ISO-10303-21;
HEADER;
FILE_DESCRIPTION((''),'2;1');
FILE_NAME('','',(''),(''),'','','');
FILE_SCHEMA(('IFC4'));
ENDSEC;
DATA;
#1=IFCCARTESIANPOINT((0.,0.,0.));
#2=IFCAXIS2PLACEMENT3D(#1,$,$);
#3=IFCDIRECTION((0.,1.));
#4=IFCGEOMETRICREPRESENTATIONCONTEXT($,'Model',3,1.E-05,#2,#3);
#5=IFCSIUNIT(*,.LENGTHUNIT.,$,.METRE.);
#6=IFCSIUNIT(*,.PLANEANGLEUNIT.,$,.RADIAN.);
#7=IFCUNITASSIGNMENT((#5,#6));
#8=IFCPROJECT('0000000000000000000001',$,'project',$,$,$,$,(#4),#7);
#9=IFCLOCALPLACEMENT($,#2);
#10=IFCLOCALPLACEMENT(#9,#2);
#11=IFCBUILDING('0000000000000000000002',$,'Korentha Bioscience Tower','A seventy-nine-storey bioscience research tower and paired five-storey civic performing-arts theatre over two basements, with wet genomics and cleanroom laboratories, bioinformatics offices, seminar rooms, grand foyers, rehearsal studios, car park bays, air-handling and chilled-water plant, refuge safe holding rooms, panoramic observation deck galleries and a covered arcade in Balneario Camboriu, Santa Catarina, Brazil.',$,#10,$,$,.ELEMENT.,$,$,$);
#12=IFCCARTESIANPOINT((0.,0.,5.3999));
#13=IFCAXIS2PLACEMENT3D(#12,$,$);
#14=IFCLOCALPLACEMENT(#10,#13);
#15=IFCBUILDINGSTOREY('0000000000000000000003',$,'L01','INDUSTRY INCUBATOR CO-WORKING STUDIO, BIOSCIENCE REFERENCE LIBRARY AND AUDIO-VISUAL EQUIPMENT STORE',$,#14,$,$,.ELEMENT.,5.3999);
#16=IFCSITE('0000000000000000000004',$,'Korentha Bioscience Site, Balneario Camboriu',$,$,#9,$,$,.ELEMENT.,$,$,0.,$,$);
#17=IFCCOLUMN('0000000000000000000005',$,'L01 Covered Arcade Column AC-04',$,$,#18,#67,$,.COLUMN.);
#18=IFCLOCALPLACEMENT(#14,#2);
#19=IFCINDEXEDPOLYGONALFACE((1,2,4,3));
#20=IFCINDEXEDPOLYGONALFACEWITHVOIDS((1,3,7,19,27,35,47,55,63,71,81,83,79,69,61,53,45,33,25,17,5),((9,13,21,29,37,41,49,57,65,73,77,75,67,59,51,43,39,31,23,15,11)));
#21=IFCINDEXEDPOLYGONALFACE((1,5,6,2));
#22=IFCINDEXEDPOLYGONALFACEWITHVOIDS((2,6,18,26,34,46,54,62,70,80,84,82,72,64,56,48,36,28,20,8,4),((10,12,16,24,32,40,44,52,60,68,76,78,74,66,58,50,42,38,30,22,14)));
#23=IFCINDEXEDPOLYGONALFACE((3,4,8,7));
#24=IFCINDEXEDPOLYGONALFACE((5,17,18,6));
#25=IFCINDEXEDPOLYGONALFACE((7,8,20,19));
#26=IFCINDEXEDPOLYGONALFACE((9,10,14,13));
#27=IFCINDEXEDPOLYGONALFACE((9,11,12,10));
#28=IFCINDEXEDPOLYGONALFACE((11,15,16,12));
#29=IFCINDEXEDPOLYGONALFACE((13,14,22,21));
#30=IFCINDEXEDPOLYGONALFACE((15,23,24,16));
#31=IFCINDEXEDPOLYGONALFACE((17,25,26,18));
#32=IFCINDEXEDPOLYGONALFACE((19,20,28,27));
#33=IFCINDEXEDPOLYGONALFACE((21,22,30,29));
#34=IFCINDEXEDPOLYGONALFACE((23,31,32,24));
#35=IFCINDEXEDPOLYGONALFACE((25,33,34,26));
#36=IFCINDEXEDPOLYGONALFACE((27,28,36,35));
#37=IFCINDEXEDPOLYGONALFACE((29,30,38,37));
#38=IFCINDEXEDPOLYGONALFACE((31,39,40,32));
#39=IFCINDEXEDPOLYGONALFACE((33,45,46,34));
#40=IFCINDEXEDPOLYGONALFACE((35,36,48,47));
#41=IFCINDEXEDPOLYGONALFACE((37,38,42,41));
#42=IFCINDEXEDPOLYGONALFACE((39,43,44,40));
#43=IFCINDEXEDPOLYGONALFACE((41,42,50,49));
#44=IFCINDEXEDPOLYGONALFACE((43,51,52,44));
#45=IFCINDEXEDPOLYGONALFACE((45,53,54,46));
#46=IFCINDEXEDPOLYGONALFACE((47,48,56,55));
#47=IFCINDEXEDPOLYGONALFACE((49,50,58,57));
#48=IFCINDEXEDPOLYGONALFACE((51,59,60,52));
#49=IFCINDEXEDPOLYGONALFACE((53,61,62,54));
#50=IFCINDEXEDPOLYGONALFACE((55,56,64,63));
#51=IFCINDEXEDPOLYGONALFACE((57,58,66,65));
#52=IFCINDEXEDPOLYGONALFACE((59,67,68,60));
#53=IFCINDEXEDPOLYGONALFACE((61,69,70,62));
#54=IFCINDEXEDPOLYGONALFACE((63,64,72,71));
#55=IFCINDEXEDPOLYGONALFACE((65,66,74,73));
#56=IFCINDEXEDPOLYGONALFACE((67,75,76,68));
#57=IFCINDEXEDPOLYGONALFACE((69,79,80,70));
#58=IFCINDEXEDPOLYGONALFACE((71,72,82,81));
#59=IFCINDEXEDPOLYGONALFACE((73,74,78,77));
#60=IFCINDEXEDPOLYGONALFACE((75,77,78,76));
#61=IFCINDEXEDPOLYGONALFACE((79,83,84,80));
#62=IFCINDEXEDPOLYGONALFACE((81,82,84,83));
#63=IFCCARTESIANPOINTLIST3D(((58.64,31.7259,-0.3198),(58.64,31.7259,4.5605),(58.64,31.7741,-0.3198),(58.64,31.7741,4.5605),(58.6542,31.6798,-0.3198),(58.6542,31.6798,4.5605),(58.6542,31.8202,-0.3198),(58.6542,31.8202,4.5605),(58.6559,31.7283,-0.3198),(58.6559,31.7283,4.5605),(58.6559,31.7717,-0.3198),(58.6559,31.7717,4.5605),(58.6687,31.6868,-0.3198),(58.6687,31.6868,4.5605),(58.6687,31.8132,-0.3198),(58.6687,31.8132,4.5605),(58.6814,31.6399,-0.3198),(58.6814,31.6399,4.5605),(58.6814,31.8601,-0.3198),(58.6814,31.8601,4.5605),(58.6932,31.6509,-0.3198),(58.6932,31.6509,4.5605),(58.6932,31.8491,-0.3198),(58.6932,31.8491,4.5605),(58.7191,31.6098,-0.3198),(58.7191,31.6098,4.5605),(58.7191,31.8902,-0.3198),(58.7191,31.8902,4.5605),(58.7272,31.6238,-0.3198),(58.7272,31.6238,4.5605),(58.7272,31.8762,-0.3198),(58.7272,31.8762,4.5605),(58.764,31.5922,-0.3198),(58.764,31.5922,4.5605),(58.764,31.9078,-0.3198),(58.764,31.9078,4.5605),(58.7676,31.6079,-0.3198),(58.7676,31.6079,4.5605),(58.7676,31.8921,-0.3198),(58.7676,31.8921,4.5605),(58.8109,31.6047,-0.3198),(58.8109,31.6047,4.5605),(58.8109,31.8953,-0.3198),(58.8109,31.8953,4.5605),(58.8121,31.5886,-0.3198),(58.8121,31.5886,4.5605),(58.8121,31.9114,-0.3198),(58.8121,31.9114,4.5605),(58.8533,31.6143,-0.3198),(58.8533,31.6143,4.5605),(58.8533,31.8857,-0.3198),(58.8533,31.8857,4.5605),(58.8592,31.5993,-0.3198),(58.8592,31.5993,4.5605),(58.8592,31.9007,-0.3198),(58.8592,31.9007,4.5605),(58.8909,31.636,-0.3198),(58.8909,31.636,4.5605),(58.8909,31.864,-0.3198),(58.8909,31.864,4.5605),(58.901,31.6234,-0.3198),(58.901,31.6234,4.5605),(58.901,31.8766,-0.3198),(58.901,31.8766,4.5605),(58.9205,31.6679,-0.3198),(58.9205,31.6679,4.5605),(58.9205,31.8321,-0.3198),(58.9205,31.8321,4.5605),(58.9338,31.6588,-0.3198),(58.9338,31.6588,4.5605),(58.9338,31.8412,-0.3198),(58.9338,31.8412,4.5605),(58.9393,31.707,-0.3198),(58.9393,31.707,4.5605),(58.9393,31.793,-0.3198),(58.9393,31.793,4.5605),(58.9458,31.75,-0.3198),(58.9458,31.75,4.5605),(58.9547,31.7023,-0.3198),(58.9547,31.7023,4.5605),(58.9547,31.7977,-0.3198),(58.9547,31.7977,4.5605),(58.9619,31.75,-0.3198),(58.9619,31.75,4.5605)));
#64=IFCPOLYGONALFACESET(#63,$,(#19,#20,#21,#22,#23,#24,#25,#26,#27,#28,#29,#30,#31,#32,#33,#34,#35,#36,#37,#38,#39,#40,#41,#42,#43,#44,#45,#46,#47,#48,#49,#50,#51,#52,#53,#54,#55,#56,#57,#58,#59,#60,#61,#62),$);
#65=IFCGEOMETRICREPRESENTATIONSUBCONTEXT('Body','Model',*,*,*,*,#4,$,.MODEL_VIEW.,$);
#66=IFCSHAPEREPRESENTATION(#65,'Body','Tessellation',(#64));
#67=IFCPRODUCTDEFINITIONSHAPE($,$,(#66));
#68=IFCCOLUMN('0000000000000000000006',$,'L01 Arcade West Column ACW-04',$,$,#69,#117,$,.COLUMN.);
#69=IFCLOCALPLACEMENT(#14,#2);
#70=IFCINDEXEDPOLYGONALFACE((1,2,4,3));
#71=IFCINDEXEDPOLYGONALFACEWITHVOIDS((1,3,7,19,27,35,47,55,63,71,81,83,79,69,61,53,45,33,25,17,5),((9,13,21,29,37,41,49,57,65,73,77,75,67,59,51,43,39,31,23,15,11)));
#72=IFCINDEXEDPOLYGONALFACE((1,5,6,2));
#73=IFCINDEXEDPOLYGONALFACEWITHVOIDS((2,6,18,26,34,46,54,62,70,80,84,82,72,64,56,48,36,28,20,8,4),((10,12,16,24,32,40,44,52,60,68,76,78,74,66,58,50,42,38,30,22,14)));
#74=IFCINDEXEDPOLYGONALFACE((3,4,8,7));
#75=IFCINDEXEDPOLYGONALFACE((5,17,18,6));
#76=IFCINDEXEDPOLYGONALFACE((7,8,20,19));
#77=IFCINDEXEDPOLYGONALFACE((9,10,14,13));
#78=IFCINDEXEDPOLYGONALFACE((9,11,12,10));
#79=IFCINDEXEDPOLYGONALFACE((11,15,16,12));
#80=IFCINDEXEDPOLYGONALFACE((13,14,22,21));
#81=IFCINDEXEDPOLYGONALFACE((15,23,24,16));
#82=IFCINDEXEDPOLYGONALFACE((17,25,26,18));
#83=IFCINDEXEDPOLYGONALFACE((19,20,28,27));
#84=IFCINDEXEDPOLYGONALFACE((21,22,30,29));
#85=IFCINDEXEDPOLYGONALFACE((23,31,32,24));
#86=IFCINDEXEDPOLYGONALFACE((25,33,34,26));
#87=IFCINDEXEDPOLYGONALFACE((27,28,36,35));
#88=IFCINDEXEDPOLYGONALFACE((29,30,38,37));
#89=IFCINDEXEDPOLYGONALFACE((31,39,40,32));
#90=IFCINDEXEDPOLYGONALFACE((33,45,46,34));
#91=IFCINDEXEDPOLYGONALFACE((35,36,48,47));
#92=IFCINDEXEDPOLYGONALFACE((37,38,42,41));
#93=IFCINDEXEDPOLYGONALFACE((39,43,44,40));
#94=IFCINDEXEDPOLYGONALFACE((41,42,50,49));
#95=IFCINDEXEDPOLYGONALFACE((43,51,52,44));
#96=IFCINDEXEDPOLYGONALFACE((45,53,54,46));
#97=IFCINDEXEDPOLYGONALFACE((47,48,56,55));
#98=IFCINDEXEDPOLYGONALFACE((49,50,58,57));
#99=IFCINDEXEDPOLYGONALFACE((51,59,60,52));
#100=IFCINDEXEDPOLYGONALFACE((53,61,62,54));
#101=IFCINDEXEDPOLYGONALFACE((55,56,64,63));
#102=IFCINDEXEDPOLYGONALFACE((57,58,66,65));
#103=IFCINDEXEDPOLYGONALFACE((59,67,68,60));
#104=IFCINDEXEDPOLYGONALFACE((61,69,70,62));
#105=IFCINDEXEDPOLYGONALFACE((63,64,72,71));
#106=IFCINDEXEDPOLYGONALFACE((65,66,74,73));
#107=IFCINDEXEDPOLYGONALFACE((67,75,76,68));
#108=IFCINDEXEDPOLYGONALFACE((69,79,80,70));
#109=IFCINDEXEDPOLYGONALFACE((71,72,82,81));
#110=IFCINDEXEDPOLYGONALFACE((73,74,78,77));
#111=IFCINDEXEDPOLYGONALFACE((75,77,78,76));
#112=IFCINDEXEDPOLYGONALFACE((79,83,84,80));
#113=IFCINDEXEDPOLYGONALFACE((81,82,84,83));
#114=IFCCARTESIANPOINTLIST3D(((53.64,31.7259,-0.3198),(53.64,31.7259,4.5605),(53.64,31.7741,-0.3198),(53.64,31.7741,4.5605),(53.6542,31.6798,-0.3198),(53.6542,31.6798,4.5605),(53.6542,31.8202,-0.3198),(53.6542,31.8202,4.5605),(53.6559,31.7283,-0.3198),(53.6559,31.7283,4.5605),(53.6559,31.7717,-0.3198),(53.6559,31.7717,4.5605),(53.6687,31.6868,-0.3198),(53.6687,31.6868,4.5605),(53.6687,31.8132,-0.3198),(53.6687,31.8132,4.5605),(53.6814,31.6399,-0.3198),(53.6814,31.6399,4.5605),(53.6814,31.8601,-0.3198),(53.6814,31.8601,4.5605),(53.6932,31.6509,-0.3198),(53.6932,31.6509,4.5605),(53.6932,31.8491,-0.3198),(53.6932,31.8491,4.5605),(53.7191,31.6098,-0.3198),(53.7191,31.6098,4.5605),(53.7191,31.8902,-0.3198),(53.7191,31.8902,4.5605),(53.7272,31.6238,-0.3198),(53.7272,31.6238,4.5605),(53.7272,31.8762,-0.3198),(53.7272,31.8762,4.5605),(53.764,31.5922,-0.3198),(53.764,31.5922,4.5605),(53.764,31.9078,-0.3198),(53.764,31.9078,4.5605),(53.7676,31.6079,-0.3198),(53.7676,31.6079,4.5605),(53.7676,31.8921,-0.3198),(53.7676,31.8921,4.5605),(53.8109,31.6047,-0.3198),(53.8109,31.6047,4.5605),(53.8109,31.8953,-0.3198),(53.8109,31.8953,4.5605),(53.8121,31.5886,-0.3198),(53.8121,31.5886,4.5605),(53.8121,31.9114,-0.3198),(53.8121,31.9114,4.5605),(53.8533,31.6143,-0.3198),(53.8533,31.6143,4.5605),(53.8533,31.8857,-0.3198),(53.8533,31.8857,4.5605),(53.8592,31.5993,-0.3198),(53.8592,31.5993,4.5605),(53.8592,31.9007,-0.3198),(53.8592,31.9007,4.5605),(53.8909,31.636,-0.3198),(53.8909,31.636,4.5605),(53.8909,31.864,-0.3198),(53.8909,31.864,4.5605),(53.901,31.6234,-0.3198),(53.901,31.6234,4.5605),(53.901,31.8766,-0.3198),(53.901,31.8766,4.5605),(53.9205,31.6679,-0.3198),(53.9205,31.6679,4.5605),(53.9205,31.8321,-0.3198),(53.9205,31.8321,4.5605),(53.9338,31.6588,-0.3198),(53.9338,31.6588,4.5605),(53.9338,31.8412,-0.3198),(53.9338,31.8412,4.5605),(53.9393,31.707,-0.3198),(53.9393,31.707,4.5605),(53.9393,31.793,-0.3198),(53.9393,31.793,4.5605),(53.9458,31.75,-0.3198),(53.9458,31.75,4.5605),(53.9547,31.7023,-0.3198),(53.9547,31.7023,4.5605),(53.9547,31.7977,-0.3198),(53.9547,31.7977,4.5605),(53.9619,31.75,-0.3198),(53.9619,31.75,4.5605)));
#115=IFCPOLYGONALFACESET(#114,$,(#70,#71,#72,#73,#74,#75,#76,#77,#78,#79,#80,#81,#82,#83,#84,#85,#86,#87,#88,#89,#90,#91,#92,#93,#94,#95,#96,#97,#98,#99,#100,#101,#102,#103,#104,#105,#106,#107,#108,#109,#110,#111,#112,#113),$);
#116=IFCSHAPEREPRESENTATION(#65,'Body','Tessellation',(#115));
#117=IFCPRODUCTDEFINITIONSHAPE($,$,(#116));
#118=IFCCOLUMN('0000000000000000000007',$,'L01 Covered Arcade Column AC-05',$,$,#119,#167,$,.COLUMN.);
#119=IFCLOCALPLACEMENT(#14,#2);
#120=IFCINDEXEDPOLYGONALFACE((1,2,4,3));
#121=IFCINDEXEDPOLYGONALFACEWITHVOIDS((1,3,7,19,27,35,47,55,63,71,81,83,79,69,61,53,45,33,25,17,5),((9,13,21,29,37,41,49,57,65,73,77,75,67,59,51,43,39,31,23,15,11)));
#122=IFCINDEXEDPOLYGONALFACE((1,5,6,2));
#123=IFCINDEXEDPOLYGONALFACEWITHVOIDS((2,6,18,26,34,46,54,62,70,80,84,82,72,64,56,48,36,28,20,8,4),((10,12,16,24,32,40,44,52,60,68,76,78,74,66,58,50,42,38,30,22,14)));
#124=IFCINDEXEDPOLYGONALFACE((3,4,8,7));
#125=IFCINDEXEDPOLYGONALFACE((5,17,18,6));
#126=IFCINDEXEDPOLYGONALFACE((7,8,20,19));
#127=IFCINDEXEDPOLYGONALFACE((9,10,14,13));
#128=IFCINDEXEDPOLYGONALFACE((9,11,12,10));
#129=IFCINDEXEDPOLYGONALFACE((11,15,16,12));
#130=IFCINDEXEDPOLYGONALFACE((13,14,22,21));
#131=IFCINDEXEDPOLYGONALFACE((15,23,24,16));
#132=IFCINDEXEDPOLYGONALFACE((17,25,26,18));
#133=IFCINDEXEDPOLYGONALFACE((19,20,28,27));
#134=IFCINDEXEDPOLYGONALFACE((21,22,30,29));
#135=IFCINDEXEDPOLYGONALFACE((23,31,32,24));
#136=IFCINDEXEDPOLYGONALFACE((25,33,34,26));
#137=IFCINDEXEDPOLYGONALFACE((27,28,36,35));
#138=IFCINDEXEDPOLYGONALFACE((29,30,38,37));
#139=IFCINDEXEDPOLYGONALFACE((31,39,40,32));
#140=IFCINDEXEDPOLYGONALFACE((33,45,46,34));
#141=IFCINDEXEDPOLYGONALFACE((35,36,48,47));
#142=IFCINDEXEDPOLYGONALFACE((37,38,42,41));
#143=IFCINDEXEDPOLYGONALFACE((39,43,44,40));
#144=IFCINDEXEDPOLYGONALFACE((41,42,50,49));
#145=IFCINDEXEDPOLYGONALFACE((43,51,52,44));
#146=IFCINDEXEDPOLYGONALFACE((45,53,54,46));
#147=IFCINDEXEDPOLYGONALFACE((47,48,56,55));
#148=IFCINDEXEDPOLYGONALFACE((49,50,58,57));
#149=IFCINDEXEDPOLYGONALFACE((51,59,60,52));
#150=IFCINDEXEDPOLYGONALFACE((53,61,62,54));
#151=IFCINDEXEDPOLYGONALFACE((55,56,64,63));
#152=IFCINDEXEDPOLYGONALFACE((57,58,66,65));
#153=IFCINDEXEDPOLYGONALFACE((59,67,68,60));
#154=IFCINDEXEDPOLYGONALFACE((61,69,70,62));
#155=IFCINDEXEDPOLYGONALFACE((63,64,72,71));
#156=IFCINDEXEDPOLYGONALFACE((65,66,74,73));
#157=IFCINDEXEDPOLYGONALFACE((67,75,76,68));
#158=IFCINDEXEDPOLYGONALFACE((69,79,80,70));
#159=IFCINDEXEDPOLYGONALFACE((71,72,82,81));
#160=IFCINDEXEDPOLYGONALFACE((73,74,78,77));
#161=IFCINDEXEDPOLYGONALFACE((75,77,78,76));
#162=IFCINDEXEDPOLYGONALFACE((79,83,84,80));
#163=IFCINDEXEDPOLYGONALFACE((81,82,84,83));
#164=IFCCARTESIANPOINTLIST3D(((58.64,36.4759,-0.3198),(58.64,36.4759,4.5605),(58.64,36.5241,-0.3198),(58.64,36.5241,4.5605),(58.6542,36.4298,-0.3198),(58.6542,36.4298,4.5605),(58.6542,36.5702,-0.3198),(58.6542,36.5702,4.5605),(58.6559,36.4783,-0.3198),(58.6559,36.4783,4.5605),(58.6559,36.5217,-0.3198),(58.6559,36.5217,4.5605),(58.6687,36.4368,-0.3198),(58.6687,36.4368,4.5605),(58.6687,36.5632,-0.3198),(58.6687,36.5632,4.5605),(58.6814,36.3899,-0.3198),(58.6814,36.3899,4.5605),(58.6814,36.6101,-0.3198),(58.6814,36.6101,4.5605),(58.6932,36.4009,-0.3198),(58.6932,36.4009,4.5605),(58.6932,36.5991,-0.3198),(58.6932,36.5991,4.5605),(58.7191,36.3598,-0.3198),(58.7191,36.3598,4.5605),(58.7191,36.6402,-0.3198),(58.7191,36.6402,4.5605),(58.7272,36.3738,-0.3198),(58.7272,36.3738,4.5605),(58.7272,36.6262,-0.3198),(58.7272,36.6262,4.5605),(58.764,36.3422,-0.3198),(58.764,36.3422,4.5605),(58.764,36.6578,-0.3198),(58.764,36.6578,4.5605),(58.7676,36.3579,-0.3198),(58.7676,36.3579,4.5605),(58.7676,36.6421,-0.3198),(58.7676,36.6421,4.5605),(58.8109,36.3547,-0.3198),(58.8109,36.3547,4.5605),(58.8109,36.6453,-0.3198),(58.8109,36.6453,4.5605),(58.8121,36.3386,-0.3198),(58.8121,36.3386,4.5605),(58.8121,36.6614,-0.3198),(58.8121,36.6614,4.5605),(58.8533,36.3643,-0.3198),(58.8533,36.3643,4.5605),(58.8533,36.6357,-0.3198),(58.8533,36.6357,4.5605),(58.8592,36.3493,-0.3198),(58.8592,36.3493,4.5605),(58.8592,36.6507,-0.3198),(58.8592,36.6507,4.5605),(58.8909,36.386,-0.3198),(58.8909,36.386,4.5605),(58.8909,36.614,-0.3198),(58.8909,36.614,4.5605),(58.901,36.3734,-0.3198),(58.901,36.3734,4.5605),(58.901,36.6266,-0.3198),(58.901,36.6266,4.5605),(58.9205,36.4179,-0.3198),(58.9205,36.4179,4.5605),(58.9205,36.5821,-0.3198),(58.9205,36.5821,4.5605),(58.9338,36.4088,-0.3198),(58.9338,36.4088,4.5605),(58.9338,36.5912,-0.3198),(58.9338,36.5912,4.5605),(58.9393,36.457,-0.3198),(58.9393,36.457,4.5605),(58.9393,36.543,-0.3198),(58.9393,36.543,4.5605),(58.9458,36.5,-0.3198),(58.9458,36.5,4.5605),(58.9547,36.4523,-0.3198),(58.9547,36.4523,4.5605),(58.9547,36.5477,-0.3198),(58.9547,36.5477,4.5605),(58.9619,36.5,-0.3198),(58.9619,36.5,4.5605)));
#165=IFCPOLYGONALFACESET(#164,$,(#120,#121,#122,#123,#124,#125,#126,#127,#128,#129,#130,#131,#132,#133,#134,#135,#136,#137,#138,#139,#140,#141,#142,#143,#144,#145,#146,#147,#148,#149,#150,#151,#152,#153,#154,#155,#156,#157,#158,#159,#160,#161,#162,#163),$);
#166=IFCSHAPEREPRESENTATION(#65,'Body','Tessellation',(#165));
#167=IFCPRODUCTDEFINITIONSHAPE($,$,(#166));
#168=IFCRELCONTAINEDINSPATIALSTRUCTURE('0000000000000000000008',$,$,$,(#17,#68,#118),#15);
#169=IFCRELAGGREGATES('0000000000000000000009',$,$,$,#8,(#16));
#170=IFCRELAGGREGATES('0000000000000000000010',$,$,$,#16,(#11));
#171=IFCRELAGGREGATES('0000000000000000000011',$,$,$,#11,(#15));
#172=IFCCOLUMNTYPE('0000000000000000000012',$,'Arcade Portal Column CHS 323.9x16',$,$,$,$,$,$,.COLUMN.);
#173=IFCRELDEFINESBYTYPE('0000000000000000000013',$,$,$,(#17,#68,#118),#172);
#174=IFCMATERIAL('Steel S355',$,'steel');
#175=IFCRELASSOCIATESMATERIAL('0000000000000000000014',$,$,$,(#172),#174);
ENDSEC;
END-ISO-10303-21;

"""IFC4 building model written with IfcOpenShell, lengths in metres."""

from ifc_helpers import new_model, si_unit, direction, frame, origin, origin_2d, place, context, subcontext, project, spatial, hollow_circle, extrude, material, material_profile, profile_set, type_object, element, save


model = new_model("IFC4")

# Units and contexts
model_context = context("Model", 3, precision=1e-05, world=origin(), true_north=direction((0.0, 1.0)))
body_context = subcontext(model_context, "Body", "Model", "MODEL_VIEW")
ifc_project = project(units=[si_unit("LENGTHUNIT", "METRE"), si_unit("PLANEANGLEUNIT", "RADIAN")], contexts=[model_context])

# Site, building, storey
site_placement = place(None, origin())
site = spatial("IfcSite", under=ifc_project, at=site_placement, Name="Korentha Bioscience Site, Balneario Camboriu", CompositionType="ELEMENT", RefElevation=0.0)
building_placement = place(site_placement, origin())
building = spatial("IfcBuilding", under=site, at=building_placement, Name="Korentha Bioscience Tower", Description="A seventy-nine-storey bioscience research tower and paired five-storey civic performing-arts theatre over two basements, with wet genomics and cleanroom laboratories, bioinformatics offices, seminar rooms, grand foyers, rehearsal studios, car park bays, air-handling and chilled-water plant, refuge safe holding rooms, panoramic observation deck galleries and a covered arcade in Balneario Camboriu, Santa Catarina, Brazil.", CompositionType="ELEMENT")
storey_placement = place(building_placement, frame((0.0, 0.0, 5.3999)))
storey = spatial("IfcBuildingStorey", under=building, at=storey_placement, Name="L01", Description="INDUSTRY INCUBATOR CO-WORKING STUDIO, BIOSCIENCE REFERENCE LIBRARY AND AUDIO-VISUAL EQUIPMENT STORE", CompositionType="ELEMENT", Elevation=5.3999)

# Columns
ifc_material_1 = material(Name="Steel S355", Category="steel")
ifc_material_profile_1 = material_profile(ifc_material_1, hollow_circle(Radius=0.1619, WallThickness=0.0161, at=origin_2d()), Name="Steel S355")
ifc_profile_set_1 = profile_set([ifc_material_profile_1], Name="Steel S355 (AC-01)")
column_type_1 = type_object("IfcColumnType", Name="Arcade Portal Column CHS 323.9x16", PredefinedType="COLUMN", material=ifc_profile_set_1)
for number, where, z_axis, x_axis, name in (
    (1, (58.8, 31.75, -0.3198), (0.0, 0.0, 1.0), (1.0, 0.0, 0.0), "L01 Covered Arcade Column AC-04"),
    (2, (53.8, 31.75, -0.3198), (0.0, 0.0, 1.0), (1.0, 0.0, 0.0), "L01 Arcade West Column ACW-04"),
    (3, (58.8, 36.5, -0.3198), (0.0, 0.0, 1.0), (1.0, 0.0, 0.0), "L01 Covered Arcade Column AC-05"),
):
    element("IfcColumn", number, at=place(storey_placement, frame(where, z_axis=z_axis, x_axis=x_axis)), inside=storey, type_object=column_type_1, Name=name, PredefinedType="COLUMN", context=body_context, shape_type="SweptSolid", body=[
        extrude(hollow_circle(Radius=0.1619, WallThickness=0.0161, at=origin_2d()), origin(), (0.0, 0.0, 1.0), 4.8804),
    ])

save(model, "model.ifc")
